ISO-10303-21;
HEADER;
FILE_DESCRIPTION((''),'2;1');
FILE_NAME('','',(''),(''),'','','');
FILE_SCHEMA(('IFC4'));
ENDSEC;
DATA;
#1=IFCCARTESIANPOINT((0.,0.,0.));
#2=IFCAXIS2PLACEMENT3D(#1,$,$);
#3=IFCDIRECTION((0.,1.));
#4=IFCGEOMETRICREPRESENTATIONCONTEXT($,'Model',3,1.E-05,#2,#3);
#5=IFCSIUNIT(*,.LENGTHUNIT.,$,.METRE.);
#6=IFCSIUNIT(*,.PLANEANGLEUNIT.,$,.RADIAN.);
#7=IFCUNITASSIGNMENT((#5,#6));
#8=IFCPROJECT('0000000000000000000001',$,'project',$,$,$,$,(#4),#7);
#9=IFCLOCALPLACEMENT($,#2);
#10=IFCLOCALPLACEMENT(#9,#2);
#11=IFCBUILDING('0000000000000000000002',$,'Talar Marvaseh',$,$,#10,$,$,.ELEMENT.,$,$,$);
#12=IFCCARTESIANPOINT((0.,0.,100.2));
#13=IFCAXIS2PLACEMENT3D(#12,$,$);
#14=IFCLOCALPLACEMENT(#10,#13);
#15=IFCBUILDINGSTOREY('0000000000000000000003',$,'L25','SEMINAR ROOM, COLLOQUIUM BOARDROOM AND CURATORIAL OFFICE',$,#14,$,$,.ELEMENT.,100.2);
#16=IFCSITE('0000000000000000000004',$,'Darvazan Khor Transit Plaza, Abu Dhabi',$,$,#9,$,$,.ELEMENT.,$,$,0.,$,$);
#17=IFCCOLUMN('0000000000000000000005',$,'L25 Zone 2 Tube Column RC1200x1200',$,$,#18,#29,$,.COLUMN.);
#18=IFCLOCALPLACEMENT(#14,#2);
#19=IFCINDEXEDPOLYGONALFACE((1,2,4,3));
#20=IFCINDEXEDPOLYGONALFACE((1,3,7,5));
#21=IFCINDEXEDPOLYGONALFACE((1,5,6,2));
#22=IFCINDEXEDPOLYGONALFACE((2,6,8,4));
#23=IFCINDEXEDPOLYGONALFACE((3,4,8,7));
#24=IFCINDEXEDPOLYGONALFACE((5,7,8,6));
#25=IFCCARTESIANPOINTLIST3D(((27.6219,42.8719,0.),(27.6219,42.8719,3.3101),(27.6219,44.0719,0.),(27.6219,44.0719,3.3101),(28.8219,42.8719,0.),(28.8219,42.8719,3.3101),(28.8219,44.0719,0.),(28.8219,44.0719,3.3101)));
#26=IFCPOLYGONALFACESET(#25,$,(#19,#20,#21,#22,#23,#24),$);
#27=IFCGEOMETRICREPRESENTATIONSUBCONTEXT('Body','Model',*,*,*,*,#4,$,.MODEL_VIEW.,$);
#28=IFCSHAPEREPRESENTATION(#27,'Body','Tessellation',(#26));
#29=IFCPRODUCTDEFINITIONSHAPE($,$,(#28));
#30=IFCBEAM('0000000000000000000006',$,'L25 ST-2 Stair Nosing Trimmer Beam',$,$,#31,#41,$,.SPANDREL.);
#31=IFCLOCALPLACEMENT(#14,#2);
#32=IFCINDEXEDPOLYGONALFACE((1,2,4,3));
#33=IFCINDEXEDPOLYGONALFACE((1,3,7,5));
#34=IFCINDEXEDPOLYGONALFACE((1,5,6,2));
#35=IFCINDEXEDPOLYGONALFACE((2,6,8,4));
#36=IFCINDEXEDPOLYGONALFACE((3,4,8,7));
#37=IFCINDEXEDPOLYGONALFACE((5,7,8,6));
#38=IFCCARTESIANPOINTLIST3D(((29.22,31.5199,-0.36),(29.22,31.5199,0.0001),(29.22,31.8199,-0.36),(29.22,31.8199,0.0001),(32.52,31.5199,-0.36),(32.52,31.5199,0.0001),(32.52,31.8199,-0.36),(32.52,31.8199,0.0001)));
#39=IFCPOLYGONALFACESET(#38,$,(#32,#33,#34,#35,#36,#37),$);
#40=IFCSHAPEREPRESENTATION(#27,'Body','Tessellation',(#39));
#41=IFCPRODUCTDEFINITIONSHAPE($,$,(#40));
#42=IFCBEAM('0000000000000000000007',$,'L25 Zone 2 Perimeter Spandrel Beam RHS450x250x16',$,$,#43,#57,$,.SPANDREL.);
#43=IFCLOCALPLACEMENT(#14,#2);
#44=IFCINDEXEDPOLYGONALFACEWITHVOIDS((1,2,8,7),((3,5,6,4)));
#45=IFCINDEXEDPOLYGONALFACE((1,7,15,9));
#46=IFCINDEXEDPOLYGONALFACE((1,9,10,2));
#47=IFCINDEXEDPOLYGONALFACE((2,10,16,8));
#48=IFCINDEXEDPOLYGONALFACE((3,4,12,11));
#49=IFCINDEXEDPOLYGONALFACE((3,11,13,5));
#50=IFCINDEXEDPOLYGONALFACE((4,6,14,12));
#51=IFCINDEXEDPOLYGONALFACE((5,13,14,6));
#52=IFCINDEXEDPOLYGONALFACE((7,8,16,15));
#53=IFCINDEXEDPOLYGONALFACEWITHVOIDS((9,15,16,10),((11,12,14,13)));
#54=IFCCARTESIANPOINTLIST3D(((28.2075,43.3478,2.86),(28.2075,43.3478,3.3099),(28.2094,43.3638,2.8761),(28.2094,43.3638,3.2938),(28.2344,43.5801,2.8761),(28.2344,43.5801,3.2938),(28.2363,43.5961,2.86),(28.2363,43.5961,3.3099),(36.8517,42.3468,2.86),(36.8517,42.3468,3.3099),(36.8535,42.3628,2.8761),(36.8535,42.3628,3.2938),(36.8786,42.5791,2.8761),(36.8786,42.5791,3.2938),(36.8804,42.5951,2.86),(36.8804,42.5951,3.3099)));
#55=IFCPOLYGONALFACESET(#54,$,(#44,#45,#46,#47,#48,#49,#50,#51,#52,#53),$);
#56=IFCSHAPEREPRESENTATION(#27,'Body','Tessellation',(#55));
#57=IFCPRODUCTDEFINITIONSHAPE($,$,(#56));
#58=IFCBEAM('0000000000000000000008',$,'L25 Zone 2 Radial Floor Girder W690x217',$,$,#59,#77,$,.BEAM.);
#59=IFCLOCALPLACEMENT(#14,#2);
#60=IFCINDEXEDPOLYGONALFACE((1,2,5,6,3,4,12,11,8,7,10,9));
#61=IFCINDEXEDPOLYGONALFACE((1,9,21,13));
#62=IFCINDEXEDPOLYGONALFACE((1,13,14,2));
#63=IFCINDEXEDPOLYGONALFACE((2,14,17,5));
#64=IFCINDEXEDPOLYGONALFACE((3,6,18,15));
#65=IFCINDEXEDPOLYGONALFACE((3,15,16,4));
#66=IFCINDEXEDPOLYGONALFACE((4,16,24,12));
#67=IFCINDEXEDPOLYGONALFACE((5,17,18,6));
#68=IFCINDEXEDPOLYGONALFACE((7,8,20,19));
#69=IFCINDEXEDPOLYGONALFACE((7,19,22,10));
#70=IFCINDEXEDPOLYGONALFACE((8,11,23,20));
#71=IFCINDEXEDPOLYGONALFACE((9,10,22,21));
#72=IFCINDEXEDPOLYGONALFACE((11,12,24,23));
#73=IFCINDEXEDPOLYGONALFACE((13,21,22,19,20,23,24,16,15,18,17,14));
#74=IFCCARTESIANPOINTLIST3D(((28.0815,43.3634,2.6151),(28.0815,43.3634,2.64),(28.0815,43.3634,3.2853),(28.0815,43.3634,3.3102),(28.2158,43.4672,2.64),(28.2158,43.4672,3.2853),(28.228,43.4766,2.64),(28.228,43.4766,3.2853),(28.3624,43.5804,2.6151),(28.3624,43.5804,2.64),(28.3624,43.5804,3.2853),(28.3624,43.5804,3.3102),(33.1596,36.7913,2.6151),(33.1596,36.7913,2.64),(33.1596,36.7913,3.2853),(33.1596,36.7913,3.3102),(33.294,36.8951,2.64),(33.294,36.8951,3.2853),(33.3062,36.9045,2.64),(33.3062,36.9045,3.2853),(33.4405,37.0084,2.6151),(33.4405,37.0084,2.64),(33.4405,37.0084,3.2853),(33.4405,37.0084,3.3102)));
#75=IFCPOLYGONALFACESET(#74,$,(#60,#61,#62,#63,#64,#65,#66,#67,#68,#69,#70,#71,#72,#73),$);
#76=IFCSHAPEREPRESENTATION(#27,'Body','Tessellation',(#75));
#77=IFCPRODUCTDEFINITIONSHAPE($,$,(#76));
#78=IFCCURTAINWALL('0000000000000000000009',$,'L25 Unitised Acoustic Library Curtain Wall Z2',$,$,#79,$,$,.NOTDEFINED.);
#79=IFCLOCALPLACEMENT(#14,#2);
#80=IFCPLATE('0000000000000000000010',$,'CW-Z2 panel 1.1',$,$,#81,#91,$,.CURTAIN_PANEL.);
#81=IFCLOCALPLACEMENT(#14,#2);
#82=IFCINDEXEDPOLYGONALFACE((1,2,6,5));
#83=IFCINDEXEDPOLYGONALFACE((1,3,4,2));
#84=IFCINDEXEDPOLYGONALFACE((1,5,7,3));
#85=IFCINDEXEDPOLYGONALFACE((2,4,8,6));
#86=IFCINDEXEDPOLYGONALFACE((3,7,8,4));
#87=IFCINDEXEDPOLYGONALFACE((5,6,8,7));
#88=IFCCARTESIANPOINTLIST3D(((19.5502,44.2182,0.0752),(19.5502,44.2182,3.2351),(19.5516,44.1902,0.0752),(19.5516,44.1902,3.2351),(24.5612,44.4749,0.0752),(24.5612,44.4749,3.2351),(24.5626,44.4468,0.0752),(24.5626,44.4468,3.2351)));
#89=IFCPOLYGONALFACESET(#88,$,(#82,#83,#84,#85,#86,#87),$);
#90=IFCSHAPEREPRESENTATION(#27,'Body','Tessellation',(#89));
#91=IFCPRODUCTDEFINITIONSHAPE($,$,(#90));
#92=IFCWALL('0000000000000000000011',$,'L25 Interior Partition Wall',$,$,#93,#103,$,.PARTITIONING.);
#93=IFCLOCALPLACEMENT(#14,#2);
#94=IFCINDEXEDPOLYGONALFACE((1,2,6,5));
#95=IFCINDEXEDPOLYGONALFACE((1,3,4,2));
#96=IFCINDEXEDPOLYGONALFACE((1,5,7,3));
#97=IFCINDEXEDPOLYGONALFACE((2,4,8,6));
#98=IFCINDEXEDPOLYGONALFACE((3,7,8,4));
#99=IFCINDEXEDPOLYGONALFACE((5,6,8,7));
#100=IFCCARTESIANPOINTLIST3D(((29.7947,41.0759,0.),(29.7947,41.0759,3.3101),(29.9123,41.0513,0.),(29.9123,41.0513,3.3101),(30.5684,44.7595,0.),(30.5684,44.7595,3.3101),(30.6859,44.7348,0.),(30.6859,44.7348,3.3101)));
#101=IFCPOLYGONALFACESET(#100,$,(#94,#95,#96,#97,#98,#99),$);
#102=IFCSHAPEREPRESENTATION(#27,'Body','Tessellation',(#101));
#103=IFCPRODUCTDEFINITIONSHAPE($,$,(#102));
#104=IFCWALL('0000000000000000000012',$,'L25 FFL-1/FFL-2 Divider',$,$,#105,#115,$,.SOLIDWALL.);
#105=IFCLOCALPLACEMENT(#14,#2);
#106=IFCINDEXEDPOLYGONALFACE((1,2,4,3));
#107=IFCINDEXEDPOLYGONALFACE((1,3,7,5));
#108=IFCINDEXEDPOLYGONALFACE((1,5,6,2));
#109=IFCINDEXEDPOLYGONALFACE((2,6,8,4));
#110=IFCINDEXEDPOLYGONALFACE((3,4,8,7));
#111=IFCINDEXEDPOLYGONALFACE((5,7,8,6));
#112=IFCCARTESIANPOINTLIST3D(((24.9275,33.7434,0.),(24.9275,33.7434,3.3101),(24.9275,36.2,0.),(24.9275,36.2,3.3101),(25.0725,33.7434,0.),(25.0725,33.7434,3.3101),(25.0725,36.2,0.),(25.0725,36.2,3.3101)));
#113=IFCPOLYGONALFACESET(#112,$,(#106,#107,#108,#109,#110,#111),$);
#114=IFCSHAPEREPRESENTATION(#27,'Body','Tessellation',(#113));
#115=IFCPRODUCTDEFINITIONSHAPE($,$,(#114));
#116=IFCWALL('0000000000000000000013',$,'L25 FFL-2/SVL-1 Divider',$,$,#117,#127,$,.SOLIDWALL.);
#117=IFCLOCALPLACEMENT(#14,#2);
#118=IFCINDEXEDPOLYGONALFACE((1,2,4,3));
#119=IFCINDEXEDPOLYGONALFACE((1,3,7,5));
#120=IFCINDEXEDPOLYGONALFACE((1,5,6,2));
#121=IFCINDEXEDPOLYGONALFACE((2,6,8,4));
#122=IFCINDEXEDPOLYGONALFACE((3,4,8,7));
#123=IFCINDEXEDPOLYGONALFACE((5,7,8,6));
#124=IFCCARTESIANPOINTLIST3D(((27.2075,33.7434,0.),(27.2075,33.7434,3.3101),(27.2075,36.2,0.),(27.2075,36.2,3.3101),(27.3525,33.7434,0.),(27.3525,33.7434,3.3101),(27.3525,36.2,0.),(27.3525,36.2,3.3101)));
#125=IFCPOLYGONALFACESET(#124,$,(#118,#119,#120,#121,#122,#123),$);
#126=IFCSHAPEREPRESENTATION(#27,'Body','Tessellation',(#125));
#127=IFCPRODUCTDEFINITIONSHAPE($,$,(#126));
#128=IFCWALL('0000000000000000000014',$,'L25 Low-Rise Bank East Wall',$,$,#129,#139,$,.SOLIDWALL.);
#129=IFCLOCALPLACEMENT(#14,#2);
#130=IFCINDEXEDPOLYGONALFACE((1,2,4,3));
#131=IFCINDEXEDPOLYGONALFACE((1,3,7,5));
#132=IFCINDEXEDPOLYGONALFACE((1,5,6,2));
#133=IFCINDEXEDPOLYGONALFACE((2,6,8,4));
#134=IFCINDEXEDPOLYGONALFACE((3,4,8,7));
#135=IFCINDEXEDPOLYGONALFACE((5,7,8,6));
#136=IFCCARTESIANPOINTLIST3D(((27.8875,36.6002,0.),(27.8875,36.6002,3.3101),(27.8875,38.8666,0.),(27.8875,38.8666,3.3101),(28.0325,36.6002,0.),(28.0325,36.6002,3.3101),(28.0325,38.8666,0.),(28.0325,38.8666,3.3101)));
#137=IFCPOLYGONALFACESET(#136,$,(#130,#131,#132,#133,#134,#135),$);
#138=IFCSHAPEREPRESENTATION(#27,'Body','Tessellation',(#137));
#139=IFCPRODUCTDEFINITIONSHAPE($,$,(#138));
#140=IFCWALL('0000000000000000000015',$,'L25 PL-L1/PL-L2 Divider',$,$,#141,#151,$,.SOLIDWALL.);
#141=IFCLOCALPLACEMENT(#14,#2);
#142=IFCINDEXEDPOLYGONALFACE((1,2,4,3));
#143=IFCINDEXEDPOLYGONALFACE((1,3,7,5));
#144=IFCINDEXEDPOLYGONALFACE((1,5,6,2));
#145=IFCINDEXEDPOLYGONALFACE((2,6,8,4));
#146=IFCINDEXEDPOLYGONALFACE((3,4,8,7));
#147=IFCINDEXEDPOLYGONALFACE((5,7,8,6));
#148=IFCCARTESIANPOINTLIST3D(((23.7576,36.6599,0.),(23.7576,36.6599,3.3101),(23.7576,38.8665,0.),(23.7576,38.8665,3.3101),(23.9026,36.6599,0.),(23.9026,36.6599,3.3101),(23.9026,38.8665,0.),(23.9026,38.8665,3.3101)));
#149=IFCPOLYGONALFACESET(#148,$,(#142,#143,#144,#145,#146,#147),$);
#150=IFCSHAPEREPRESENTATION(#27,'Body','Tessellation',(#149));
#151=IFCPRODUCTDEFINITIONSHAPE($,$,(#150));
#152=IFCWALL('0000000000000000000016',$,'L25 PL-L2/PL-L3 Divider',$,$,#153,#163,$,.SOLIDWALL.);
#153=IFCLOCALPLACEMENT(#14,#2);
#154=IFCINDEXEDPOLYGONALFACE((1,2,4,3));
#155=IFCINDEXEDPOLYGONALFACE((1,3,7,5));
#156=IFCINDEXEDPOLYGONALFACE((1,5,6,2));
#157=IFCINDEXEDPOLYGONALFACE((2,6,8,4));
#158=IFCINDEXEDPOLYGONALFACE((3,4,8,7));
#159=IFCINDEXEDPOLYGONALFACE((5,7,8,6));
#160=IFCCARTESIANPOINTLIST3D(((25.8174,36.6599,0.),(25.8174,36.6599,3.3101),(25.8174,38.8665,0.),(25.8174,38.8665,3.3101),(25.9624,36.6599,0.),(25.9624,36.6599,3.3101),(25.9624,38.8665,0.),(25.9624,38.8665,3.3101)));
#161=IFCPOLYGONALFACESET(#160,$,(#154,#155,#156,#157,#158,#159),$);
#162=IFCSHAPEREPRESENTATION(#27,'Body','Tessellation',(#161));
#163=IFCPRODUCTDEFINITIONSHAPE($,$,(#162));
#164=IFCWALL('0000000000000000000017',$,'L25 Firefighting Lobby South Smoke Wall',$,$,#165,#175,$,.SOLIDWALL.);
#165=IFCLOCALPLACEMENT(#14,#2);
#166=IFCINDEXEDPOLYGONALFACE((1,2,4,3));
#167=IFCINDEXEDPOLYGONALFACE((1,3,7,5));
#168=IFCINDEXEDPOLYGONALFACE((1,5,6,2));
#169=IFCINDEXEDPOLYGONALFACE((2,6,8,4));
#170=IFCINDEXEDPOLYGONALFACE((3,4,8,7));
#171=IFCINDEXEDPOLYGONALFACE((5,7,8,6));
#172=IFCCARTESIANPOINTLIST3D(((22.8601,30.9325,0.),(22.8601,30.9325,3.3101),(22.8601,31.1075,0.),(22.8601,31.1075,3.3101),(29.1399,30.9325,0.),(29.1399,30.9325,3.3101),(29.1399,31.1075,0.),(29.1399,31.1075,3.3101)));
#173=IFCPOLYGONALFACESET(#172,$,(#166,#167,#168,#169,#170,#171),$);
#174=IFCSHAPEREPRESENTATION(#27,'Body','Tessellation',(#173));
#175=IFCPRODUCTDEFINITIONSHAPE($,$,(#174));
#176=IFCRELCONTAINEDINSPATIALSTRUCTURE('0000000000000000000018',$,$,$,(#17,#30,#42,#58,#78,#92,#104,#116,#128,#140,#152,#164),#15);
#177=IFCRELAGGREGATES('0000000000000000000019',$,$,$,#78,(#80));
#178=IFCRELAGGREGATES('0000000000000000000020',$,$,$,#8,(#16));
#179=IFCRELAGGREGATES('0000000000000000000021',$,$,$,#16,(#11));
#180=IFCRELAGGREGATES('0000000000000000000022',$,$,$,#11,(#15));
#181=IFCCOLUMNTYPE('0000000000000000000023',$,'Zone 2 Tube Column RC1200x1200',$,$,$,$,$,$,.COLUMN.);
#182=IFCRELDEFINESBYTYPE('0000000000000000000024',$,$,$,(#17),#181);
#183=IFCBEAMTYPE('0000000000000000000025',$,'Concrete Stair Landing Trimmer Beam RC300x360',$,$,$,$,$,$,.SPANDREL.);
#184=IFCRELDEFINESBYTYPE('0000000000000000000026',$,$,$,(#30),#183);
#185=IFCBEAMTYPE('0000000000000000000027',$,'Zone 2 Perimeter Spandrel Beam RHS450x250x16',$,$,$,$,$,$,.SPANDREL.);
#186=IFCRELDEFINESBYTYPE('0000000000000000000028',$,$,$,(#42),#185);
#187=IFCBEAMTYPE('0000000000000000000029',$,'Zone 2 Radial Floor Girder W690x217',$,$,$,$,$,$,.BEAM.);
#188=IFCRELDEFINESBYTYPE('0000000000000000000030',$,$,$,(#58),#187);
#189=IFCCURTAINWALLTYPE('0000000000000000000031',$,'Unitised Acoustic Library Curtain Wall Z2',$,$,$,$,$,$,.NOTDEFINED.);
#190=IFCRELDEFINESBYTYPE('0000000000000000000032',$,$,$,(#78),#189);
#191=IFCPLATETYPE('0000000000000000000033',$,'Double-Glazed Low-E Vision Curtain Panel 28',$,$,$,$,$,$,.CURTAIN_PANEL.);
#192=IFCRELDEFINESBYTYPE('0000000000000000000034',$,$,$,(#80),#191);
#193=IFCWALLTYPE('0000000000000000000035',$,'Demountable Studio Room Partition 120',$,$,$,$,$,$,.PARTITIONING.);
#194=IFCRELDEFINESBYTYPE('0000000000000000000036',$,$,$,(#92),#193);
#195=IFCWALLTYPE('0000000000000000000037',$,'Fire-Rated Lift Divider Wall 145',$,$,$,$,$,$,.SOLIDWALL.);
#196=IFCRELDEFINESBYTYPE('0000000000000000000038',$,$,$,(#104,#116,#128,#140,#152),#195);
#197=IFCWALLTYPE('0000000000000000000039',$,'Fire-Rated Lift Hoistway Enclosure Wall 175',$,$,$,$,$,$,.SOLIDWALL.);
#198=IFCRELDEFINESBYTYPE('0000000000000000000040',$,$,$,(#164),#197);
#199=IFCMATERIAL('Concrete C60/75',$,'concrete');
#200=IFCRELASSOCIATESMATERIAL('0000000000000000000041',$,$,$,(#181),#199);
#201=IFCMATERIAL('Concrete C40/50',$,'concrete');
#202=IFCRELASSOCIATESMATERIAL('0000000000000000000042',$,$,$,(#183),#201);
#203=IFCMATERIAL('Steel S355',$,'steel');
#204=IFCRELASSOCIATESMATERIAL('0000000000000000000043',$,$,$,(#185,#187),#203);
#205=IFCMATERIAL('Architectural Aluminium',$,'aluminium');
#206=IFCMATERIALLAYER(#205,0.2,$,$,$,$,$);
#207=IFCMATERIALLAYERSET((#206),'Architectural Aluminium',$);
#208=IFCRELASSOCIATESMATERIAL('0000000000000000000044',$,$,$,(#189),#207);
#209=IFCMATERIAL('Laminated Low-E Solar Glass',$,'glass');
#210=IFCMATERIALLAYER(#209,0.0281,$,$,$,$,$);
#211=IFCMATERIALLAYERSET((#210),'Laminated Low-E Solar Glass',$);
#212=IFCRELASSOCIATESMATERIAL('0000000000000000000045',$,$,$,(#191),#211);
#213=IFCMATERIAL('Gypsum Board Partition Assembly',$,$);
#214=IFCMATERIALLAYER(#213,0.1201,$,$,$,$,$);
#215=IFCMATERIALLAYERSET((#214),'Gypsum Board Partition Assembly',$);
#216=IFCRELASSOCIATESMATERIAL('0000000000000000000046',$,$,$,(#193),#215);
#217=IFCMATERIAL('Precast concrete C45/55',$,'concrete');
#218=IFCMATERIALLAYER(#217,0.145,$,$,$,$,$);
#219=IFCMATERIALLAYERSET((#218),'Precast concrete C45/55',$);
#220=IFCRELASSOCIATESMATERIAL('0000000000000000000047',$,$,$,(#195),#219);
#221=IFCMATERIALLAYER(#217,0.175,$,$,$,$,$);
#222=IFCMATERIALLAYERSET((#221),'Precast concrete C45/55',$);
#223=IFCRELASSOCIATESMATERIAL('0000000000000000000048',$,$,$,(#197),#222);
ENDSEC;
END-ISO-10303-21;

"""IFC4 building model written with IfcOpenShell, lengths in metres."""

from ifc_helpers import new_model, si_unit, direction, frame, frame_2d, origin, origin_2d, place, context, subcontext, project, spatial, rectangle, hollow_rectangle, i_section, extrude, source, transform, mapped, material, layer, layer_set, material_profile, profile_set, type_object, type_shapes, element, aggregate, save


model = new_model("IFC4")

# Units and contexts
model_context = context("Model", 3, precision=1e-05, world=origin(), true_north=direction((0.0, 1.0)))
body_context = subcontext(model_context, "Body", "Model", "MODEL_VIEW")
ifc_project = project(units=[si_unit("LENGTHUNIT", "METRE"), si_unit("PLANEANGLEUNIT", "RADIAN")], contexts=[model_context])

# Site, building, storey
site_placement = place(None, origin())
site = spatial("IfcSite", under=ifc_project, at=site_placement, Name="Darvazan Khor Transit Plaza, Abu Dhabi", CompositionType="ELEMENT", RefElevation=0.0)
building_placement = place(site_placement, origin())
building = spatial("IfcBuilding", under=site, at=building_placement, Name="Talar Marvaseh", CompositionType="ELEMENT")
storey_placement = place(building_placement, frame((0.0, 0.0, 100.2)))
storey = spatial("IfcBuildingStorey", under=building, at=storey_placement, Name="L25", Description="SEMINAR ROOM, COLLOQUIUM BOARDROOM AND CURATORIAL OFFICE", CompositionType="ELEMENT", Elevation=100.2)

# Column
ifc_material_1 = material(Name="Concrete C60/75", Category="concrete")
ifc_material_profile_1 = material_profile(ifc_material_1, rectangle(XDim=1.2, YDim=1.2, at=origin_2d()), Name="RC1200x1200")
ifc_profile_set_1 = profile_set([ifc_material_profile_1], Name="Concrete C60/75")
column_type = type_object("IfcColumnType", Name="Zone 2 Tube Column RC1200x1200", PredefinedType="COLUMN", material=ifc_profile_set_1)
column_placement = place(storey_placement, frame((28.2219, 43.4719, 0.0), z_axis=(0.0, 0.0, 1.0), x_axis=(1.0, 0.0, 0.0)))
element("IfcColumn", 1, at=column_placement, inside=storey, type_object=column_type, Name="L25 Zone 2 Tube Column RC1200x1200", PredefinedType="COLUMN", context=body_context, shape_type="SweptSolid", body=[
    extrude(rectangle(XDim=1.2, YDim=1.2, at=origin_2d()), origin(), (0.0, 0.0, 1.0), 3.3101),
])

# Beams
ifc_material_2 = material(Name="Concrete C40/50", Category="concrete")
ifc_material_profile_2 = material_profile(ifc_material_2, rectangle(XDim=0.3, YDim=0.3601, at=origin_2d()), Name="RC300x360")
ifc_profile_set_2 = profile_set([ifc_material_profile_2], Name="Concrete C40/50")
beam_type_1 = type_object("IfcBeamType", Name="Concrete Stair Landing Trimmer Beam RC300x360", PredefinedType="SPANDREL", material=ifc_profile_set_2)
beam_1_placement = place(storey_placement, frame((29.22, 31.6699, -0.1799), z_axis=(1.0, 0.0, 0.0), x_axis=(0.0, 1.0, 0.0)))
element("IfcBeam", 2, at=beam_1_placement, inside=storey, type_object=beam_type_1, Name="L25 ST-2 Stair Nosing Trimmer Beam", PredefinedType="SPANDREL", context=body_context, shape_type="SweptSolid", body=[
    extrude(rectangle(XDim=0.3, YDim=0.3601, at=origin_2d()), origin(), (0.0, 0.0, 1.0), 3.3),
])
ifc_material_3 = material(Name="Steel S355", Category="steel")
ifc_material_profile_3 = material_profile(ifc_material_3, hollow_rectangle(XDim=0.25, YDim=0.45, WallThickness=0.0161, at=origin_2d()), Name="RHS450x250x16")
ifc_profile_set_3 = profile_set([ifc_material_profile_3], Name="Steel S355")
beam_type_2 = type_object("IfcBeamType", Name="Zone 2 Perimeter Spandrel Beam RHS450x250x16", PredefinedType="SPANDREL", material=ifc_profile_set_3)
beam_2_placement = place(storey_placement, frame((28.2219, 43.4719, 3.085), z_axis=(0.993362, -0.115031, 0.0), x_axis=(0.115031, 0.993362, 0.0)))
element("IfcBeam", 3, at=beam_2_placement, inside=storey, type_object=beam_type_2, Name="L25 Zone 2 Perimeter Spandrel Beam RHS450x250x16", PredefinedType="SPANDREL", context=body_context, shape_type="SweptSolid", body=[
    extrude(hollow_rectangle(XDim=0.25, YDim=0.45, WallThickness=0.0161, at=origin_2d()), origin(), (0.0, 0.0, 1.0), 8.7019),
])
ifc_material_profile_4 = material_profile(ifc_material_3, i_section(OverallWidth=0.355, OverallDepth=0.6951, WebThickness=0.0154, FlangeThickness=0.0249, at=origin_2d()), Name="W690x217")
ifc_profile_set_4 = profile_set([ifc_material_profile_4], Name="Steel S355")
beam_type_3 = type_object("IfcBeamType", Name="Zone 2 Radial Floor Girder W690x217", PredefinedType="BEAM", material=ifc_profile_set_4)
beam_3_placement = place(storey_placement, frame((28.2219, 43.4719, 2.9626), z_axis=(0.611428, -0.7913, 0.0), x_axis=(0.7913, 0.611428, 0.0)))
element("IfcBeam", 4, at=beam_3_placement, inside=storey, type_object=beam_type_3, Name="L25 Zone 2 Radial Floor Girder W690x217", PredefinedType="BEAM", context=body_context, shape_type="SweptSolid", body=[
    extrude(i_section(OverallWidth=0.355, OverallDepth=0.6951, WebThickness=0.0154, FlangeThickness=0.0249, at=origin_2d()), origin(), (0.0, 0.0, 1.0), 8.3054),
])

# Curtain wall, plate
ifc_material_4 = material(Name="Architectural Aluminium", Category="aluminium")
ifc_layer_1 = layer(ifc_material_4, 0.2)
ifc_layer_set_1 = layer_set([ifc_layer_1], Name="Architectural Aluminium")
curtain_wall_type = type_object("IfcCurtainWallType", Name="Unitised Acoustic Library Curtain Wall Z2", PredefinedType="NOTDEFINED", material=ifc_layer_set_1)
curtain_wall_placement = place(storey_placement, origin())
curtain_wall = element("IfcCurtainWall", 5, at=curtain_wall_placement, inside=storey, type_object=curtain_wall_type, Name="L25 Unitised Acoustic Library Curtain Wall Z2", PredefinedType="NOTDEFINED")
ifc_material_5 = material(Name="Laminated Low-E Solar Glass", Category="glass")
ifc_layer_2 = layer(ifc_material_5, 0.0281)
ifc_layer_set_2 = layer_set([ifc_layer_2], Name="Laminated Low-E Solar Glass")
plate_type = type_object("IfcPlateType", Name="Double-Glazed Low-E Vision Curtain Panel 28", PredefinedType="CURTAIN_PANEL", material=ifc_layer_set_2)
shared_shape_1 = source(origin(), body_context, "Body", "SweptSolid", [
    extrude(rectangle(XDim=5.0176, YDim=0.0281, at=origin_2d()), origin(), (0.0, 0.0, 1.0), 3.1599),
])
type_shapes(plate_type, [shared_shape_1])
plate_placement = place(storey_placement, frame((22.0564, 44.3325, 0.0752), z_axis=(0.0, 0.0, 1.0), x_axis=(0.998691, 0.051156, 0.0)))
plate = element("IfcPlate", 6, at=plate_placement, type_object=plate_type, Name="CW-Z2 panel 1.1", PredefinedType="CURTAIN_PANEL", context=body_context, shape_type="MappedRepresentation", body=[
    mapped(shared_shape_1, transform((0.0, 0.0, 0.0), x_axis=(1.0, 0.0, 0.0), y_axis=(0.0, 1.0, 0.0), z_axis=(0.0, 0.0, 1.0), scale=1.0)),
])
aggregate(curtain_wall, [plate])

# Walls
ifc_material_6 = material(Name="Gypsum Board Partition Assembly")
ifc_layer_3 = layer(ifc_material_6, 0.1201)
ifc_layer_set_3 = layer_set([ifc_layer_3], Name="Gypsum Board Partition Assembly")
wall_type_1 = type_object("IfcWallType", Name="Demountable Studio Room Partition 120", PredefinedType="PARTITIONING", material=ifc_layer_set_3)
wall_1_placement = place(storey_placement, frame((29.8535, 41.0637, 0.0), z_axis=(0.0, 0.0, 1.0), x_axis=(0.20555, 0.978647, 0.0)))
element("IfcWall", 7, at=wall_1_placement, inside=storey, type_object=wall_type_1, Name="L25 Interior Partition Wall", PredefinedType="PARTITIONING", context=body_context, shape_type="SweptSolid", body=[
    extrude(rectangle(XDim=3.7639, YDim=0.1201, at=frame_2d((1.8818, 0.0))), origin(), (0.0, 0.0, 1.0), 3.3101),
])
ifc_material_7 = material(Name="Precast concrete C45/55", Category="concrete")
ifc_layer_4 = layer(ifc_material_7, 0.145)
ifc_layer_set_4 = layer_set([ifc_layer_4], Name="Precast concrete C45/55")
wall_type_2 = type_object("IfcWallType", Name="Fire-Rated Lift Divider Wall 145", PredefinedType="SOLIDWALL", material=ifc_layer_set_4)
for number, where, z_axis, x_axis, name in (
    (8, (25.0, 33.7434, 0.0), (0.0, 0.0, 1.0), (0.0, 1.0, 0.0), "L25 FFL-1/FFL-2 Divider"),
    (9, (27.28, 33.7434, 0.0), (0.0, 0.0, 1.0), (0.0, 1.0, 0.0), "L25 FFL-2/SVL-1 Divider"),
):
    element("IfcWall", number, at=place(storey_placement, frame(where, z_axis=z_axis, x_axis=x_axis)), inside=storey, type_object=wall_type_2, Name=name, PredefinedType="SOLIDWALL", context=body_context, shape_type="SweptSolid", body=[
        extrude(rectangle(XDim=2.4565, YDim=0.145, at=frame_2d((1.2283, 0.0))), origin(), (0.0, 0.0, 1.0), 3.3101),
    ])
wall_2_placement = place(storey_placement, frame((27.96, 36.6001, 0.0), z_axis=(0.0, 0.0, 1.0), x_axis=(0.0, 1.0, 0.0)))
element("IfcWall", 10, at=wall_2_placement, inside=storey, type_object=wall_type_2, Name="L25 Low-Rise Bank East Wall", PredefinedType="SOLIDWALL", context=body_context, shape_type="SweptSolid", body=[
    extrude(rectangle(XDim=2.2664, YDim=0.145, at=frame_2d((1.1333, 0.0))), origin(), (0.0, 0.0, 1.0), 3.3101),
])
for number, where, z_axis, x_axis, name in (
    (11, (23.8301, 36.6599, 0.0), (0.0, 0.0, 1.0), (0.0, 1.0, 0.0), "L25 PL-L1/PL-L2 Divider"),
    (12, (25.8899, 36.6599, 0.0), (0.0, 0.0, 1.0), (0.0, 1.0, 0.0), "L25 PL-L2/PL-L3 Divider"),
):
    element("IfcWall", number, at=place(storey_placement, frame(where, z_axis=z_axis, x_axis=x_axis)), inside=storey, type_object=wall_type_2, Name=name, PredefinedType="SOLIDWALL", context=body_context, shape_type="SweptSolid", body=[
        extrude(rectangle(XDim=2.2065, YDim=0.145, at=frame_2d((1.1033, 0.0))), origin(), (0.0, 0.0, 1.0), 3.3101),
    ])

# Shared definitions
ifc_layer_5 = layer(ifc_material_7, 0.175)
ifc_layer_set_5 = layer_set([ifc_layer_5], Name="Precast concrete C45/55")
wall_type_3 = type_object("IfcWallType", Name="Fire-Rated Lift Hoistway Enclosure Wall 175", PredefinedType="SOLIDWALL", material=ifc_layer_set_5)

# Wall
wall_3_placement = place(storey_placement, frame((22.8601, 31.02, 0.0), z_axis=(0.0, 0.0, 1.0), x_axis=(1.0, 0.0, 0.0)))
element("IfcWall", 13, at=wall_3_placement, inside=storey, type_object=wall_type_3, Name="L25 Firefighting Lobby South Smoke Wall", PredefinedType="SOLIDWALL", context=body_context, shape_type="SweptSolid", body=[
    extrude(rectangle(XDim=6.2798, YDim=0.175, at=frame_2d((3.1399, 0.0))), origin(), (0.0, 0.0, 1.0), 3.3101),
])

save(model, "model.ifc")
